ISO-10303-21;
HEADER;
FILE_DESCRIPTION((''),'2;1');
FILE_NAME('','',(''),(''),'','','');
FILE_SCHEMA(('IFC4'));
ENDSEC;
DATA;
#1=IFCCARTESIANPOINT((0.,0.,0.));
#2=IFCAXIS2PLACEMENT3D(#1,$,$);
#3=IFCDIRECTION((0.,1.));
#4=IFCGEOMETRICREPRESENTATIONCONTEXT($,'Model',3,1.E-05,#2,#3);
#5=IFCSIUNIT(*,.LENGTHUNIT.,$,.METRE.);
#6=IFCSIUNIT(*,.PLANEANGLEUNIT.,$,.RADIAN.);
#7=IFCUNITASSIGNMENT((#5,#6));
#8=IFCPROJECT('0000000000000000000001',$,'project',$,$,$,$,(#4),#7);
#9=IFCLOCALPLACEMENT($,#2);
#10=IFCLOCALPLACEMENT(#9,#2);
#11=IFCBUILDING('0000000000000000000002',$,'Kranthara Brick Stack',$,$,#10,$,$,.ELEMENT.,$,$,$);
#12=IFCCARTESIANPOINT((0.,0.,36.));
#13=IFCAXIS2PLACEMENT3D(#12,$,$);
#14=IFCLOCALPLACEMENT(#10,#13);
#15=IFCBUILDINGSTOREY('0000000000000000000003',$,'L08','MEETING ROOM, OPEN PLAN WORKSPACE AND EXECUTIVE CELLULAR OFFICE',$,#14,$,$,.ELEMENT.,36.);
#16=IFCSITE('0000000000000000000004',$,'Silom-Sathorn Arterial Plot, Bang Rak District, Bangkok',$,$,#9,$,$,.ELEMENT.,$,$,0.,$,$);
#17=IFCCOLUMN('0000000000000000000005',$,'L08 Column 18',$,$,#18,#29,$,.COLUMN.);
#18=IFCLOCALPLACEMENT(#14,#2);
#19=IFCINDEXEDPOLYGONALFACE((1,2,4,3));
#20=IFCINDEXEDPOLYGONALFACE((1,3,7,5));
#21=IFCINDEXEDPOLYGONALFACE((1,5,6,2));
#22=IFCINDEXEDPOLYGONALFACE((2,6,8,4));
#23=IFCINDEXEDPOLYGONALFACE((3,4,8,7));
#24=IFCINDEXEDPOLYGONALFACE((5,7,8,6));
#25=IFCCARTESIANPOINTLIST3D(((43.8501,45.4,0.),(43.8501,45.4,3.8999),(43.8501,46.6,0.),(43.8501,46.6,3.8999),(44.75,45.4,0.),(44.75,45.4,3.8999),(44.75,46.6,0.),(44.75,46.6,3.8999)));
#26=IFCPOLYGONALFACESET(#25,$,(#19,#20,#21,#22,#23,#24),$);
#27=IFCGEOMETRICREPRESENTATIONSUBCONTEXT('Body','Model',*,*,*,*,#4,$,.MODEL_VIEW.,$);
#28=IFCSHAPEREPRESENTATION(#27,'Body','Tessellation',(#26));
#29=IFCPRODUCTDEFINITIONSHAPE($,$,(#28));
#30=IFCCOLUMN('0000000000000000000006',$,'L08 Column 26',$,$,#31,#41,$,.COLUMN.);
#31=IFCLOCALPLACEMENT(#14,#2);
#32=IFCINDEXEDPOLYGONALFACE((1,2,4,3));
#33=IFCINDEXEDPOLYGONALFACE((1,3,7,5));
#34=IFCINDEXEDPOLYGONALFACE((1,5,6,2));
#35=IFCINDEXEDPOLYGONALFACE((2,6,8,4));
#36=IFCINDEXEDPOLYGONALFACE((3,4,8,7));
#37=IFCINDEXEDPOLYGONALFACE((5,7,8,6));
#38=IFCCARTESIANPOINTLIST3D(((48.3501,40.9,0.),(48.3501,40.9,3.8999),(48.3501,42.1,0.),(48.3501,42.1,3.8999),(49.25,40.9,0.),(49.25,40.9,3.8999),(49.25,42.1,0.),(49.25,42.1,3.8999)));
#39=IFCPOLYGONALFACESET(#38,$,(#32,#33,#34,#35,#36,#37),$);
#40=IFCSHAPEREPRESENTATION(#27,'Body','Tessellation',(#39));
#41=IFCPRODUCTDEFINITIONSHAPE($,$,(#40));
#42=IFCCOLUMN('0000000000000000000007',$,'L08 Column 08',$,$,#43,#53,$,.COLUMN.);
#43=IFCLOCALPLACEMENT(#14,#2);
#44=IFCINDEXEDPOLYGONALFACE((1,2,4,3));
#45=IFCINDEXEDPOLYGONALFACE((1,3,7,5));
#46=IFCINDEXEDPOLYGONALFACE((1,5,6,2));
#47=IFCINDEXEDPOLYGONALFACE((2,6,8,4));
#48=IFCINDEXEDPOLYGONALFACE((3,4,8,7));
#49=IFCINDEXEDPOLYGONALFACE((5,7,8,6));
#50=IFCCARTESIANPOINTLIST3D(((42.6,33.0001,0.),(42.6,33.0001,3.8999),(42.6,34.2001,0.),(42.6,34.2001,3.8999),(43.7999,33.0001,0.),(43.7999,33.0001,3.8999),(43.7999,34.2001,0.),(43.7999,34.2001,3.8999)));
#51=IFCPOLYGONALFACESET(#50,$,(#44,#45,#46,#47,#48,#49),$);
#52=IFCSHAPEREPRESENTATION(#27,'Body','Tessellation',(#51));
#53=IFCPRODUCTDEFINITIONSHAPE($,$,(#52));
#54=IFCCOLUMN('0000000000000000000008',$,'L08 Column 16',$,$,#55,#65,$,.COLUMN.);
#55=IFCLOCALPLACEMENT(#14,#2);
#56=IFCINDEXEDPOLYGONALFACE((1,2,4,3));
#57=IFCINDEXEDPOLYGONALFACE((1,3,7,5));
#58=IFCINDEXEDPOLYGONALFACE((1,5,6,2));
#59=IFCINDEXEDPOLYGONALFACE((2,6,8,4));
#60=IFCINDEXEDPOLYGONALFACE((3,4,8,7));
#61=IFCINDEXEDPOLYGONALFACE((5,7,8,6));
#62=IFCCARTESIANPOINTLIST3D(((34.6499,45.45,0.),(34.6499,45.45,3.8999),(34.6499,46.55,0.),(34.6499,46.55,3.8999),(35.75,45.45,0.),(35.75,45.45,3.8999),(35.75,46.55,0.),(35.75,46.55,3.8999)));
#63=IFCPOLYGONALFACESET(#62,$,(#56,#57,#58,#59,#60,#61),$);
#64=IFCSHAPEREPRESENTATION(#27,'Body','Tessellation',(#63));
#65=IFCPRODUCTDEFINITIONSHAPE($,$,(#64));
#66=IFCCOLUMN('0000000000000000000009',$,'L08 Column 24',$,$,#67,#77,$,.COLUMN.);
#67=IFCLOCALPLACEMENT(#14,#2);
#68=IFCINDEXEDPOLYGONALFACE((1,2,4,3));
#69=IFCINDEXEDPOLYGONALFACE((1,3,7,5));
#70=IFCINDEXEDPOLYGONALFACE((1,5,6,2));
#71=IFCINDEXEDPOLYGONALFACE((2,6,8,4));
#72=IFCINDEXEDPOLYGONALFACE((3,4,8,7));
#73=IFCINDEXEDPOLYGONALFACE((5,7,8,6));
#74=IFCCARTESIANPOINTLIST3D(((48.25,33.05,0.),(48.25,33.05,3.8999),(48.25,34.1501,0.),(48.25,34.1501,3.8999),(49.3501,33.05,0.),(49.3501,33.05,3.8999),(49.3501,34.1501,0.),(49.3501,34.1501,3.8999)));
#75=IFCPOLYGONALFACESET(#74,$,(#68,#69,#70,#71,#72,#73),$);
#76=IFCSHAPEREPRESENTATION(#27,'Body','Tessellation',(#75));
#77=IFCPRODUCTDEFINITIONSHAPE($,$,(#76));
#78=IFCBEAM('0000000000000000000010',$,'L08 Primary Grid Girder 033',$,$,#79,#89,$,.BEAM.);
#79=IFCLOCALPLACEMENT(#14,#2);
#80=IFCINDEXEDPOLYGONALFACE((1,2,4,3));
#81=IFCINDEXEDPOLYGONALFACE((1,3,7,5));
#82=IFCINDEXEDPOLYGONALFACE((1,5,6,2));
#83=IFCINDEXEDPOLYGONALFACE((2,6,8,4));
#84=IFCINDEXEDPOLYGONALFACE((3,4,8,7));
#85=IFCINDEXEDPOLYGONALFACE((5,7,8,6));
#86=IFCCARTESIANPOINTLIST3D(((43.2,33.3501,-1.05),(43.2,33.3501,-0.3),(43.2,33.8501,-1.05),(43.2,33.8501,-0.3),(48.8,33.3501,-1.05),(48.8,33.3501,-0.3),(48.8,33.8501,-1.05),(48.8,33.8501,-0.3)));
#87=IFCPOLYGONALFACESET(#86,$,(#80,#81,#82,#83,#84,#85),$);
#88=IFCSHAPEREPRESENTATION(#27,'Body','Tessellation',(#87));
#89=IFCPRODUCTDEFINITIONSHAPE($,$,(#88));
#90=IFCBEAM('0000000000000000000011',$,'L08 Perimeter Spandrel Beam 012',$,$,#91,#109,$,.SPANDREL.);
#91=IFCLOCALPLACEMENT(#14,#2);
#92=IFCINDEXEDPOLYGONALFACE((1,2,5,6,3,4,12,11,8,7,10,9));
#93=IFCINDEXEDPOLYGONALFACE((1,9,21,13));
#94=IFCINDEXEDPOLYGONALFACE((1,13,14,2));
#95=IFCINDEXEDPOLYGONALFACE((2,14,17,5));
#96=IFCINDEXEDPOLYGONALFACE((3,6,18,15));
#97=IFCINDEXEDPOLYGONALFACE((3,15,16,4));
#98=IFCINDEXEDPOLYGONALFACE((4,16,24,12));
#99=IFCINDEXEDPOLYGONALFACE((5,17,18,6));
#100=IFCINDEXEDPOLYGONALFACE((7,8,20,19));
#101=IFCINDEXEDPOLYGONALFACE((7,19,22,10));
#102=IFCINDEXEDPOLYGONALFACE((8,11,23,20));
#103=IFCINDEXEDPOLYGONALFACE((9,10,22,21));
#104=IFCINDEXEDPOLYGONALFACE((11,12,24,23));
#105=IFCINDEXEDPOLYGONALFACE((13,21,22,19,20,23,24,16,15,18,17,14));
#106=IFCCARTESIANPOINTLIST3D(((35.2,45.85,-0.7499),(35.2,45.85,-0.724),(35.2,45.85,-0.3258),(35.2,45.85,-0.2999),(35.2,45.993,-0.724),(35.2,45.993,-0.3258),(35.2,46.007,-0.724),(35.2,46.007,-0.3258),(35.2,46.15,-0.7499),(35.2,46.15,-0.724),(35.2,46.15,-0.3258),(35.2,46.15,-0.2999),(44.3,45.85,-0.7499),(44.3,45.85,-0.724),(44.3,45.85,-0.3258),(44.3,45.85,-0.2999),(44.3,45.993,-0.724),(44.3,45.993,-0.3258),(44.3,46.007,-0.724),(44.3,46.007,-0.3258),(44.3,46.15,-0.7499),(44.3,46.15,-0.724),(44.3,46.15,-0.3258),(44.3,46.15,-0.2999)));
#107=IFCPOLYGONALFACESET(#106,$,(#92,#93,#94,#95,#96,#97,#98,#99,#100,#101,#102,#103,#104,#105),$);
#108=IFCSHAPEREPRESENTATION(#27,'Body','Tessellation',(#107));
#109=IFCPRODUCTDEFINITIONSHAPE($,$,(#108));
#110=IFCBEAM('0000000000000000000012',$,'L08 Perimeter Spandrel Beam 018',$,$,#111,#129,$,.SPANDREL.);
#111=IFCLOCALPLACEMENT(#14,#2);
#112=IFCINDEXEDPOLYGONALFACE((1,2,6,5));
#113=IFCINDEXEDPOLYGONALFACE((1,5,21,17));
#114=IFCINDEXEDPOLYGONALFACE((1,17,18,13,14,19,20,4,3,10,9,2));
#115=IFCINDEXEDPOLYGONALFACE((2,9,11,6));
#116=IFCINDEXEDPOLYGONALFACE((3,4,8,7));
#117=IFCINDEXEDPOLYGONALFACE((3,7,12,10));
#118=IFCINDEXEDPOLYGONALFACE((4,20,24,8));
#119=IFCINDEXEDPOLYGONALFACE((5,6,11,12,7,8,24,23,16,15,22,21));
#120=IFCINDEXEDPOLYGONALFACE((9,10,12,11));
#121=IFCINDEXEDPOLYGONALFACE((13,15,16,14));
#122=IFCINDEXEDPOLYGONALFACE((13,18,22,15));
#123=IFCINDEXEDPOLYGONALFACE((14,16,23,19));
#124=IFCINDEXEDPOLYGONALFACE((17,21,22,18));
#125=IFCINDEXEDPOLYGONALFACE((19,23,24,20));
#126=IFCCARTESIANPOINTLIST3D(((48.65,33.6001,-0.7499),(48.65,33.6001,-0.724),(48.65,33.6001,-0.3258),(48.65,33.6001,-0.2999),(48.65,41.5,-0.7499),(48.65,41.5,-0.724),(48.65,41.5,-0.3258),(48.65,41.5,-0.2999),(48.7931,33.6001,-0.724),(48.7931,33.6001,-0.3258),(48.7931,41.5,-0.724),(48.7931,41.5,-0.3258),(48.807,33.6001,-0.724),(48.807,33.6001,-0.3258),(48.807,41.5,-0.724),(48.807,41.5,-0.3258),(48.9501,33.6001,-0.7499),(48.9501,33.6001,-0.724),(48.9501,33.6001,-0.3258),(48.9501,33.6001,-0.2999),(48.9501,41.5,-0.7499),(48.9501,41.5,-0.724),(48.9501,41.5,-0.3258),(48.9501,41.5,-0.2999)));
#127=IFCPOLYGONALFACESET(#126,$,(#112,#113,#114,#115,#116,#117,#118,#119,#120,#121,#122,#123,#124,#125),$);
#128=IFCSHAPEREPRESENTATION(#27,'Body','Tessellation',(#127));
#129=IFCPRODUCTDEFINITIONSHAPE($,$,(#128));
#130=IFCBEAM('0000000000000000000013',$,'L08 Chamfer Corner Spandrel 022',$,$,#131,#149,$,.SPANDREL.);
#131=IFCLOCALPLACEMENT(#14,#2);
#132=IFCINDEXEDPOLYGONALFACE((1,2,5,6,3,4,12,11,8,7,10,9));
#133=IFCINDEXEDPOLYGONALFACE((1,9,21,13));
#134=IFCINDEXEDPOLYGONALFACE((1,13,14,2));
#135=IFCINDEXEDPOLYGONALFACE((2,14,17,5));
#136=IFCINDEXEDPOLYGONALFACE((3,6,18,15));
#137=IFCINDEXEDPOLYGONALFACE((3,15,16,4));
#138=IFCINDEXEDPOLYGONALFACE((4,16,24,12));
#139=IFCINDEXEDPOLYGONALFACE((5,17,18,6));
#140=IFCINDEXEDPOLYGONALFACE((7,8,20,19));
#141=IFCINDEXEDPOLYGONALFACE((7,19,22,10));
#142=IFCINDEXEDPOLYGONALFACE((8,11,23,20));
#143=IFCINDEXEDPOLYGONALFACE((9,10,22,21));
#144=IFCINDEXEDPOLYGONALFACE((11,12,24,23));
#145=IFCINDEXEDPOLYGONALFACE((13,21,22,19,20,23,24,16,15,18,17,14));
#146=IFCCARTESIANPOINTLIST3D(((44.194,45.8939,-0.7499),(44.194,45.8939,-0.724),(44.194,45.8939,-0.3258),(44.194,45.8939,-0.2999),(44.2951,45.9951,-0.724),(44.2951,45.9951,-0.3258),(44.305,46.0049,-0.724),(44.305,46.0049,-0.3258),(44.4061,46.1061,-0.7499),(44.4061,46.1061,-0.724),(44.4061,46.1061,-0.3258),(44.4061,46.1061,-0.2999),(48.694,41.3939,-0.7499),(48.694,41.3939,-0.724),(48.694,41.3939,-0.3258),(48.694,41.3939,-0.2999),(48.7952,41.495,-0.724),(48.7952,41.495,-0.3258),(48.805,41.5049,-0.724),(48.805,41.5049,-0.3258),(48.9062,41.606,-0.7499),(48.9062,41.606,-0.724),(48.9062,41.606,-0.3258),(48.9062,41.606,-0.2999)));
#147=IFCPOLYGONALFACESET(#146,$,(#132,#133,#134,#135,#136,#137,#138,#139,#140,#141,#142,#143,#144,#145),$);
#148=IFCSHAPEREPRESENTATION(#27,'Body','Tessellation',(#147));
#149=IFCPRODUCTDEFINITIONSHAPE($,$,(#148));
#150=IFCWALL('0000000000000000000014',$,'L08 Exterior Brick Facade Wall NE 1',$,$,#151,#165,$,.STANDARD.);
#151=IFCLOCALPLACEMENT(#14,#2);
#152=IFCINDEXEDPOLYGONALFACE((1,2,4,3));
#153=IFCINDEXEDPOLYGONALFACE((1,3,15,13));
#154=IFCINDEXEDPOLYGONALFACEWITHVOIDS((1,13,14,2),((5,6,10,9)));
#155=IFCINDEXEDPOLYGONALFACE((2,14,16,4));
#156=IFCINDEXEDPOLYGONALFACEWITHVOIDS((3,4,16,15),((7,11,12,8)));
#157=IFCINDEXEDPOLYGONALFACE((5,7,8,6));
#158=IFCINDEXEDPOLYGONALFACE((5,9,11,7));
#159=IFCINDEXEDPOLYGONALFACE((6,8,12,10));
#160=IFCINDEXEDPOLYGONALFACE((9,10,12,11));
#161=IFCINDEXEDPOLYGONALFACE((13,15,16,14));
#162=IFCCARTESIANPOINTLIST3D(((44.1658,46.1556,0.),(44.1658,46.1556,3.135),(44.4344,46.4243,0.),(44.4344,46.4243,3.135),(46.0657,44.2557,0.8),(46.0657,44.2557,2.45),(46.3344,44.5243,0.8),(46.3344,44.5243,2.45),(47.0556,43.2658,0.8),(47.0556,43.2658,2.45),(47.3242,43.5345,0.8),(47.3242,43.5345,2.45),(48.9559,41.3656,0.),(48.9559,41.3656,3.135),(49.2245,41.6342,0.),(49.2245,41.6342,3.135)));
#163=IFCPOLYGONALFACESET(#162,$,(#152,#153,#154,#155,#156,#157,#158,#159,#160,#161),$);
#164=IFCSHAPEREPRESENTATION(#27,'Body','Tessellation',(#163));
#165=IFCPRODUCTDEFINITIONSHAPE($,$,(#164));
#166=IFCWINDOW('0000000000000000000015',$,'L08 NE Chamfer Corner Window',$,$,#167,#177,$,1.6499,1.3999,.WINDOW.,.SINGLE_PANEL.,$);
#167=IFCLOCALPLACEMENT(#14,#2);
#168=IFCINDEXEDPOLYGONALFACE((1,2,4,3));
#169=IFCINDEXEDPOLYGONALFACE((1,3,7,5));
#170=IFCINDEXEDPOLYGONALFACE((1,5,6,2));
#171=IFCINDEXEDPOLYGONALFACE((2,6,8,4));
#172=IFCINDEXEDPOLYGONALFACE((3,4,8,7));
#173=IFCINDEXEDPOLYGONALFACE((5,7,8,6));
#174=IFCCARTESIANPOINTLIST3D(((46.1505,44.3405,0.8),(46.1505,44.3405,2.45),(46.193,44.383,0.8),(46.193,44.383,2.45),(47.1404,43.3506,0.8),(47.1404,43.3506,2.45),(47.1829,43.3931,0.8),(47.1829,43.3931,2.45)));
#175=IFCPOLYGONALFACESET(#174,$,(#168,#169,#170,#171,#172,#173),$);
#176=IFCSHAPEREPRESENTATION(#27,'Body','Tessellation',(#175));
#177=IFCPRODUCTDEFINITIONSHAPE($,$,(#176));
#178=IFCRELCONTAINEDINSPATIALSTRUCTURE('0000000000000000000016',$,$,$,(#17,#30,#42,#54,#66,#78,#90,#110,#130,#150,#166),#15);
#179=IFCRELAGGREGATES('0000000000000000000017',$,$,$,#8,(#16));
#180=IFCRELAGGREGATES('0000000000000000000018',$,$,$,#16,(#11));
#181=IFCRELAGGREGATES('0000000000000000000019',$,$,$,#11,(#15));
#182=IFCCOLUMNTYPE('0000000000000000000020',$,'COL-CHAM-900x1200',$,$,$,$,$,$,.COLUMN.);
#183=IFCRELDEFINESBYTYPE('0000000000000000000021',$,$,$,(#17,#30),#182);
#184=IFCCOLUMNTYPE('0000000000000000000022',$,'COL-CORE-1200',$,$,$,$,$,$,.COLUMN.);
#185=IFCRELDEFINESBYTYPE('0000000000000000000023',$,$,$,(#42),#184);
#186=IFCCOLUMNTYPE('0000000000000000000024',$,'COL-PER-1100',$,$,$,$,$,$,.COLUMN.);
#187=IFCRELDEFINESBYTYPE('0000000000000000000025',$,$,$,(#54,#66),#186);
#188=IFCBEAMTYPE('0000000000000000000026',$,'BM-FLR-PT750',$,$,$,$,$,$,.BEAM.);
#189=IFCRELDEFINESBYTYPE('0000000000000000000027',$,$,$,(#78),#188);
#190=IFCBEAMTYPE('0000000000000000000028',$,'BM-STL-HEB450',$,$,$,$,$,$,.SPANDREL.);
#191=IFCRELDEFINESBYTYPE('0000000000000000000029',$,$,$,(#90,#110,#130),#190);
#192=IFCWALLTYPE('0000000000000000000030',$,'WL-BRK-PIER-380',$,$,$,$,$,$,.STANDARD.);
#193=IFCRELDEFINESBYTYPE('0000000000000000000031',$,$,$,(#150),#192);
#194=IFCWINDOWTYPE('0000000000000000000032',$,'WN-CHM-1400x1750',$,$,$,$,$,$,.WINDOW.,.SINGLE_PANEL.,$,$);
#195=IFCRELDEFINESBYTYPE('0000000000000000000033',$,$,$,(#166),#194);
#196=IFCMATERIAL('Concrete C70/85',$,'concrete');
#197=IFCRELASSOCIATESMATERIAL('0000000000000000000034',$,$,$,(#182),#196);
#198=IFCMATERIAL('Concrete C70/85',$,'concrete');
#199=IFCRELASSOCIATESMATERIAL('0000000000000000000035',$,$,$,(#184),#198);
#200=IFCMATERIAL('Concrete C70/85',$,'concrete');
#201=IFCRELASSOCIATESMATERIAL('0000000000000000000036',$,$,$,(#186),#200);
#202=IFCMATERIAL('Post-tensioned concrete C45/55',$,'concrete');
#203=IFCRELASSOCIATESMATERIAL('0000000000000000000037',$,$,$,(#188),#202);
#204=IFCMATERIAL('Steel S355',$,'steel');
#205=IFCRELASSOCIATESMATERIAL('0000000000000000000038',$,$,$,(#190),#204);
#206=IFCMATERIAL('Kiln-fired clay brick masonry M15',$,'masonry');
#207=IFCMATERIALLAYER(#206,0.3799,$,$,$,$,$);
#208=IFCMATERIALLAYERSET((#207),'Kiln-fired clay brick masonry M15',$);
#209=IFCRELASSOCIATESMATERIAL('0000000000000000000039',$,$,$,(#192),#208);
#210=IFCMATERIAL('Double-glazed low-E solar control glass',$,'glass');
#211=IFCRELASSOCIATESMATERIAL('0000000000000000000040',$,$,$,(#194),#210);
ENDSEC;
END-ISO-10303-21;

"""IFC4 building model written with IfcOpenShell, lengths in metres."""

from ifc_helpers import new_model, si_unit, direction, frame, frame_2d, origin, origin_2d, place, context, subcontext, project, spatial, rectangle, i_section, extrude, material, layer, layer_set, material_profile, profile_set, type_object, element, fill, save


model = new_model("IFC4")

# Units and contexts
model_context = context("Model", 3, precision=1e-05, world=origin(), true_north=direction((0.0, 1.0)))
body_context = subcontext(model_context, "Body", "Model", "MODEL_VIEW")
ifc_project = project(units=[si_unit("LENGTHUNIT", "METRE"), si_unit("PLANEANGLEUNIT", "RADIAN")], contexts=[model_context])

# Site, building, storey
site_placement = place(None, origin())
site = spatial("IfcSite", under=ifc_project, at=site_placement, Name="Silom-Sathorn Arterial Plot, Bang Rak District, Bangkok", CompositionType="ELEMENT", RefElevation=0.0)
building_placement = place(site_placement, origin())
building = spatial("IfcBuilding", under=site, at=building_placement, Name="Kranthara Brick Stack", CompositionType="ELEMENT")
storey_placement = place(building_placement, frame((0.0, 0.0, 36.0)))
storey = spatial("IfcBuildingStorey", under=building, at=storey_placement, Name="L08", Description="MEETING ROOM, OPEN PLAN WORKSPACE AND EXECUTIVE CELLULAR OFFICE", CompositionType="ELEMENT", Elevation=36.0)

# Columns
ifc_material_1 = material(Name="Concrete C70/85", Category="concrete")
ifc_material_profile_1 = material_profile(ifc_material_1, rectangle(XDim=0.8999, YDim=1.2, at=origin_2d()), Name="RC 900x1200")
ifc_profile_set_1 = profile_set([ifc_material_profile_1], Name="Concrete C70/85")
column_type_1 = type_object("IfcColumnType", Name="COL-CHAM-900x1200", PredefinedType="COLUMN", material=ifc_profile_set_1)
for number, where, z_axis, x_axis, name in (
    (1, (44.3, 46.0, 0.0), (0.0, 0.0, 1.0), (1.0, 0.0, 0.0), "L08 Column 18"),
    (2, (48.8, 41.5, 0.0), (0.0, 0.0, 1.0), (1.0, 0.0, 0.0), "L08 Column 26"),
):
    element("IfcColumn", number, at=place(storey_placement, frame(where, z_axis=z_axis, x_axis=x_axis)), inside=storey, type_object=column_type_1, Name=name, PredefinedType="COLUMN", context=body_context, shape_type="SweptSolid", body=[
        extrude(rectangle(XDim=0.8999, YDim=1.2, at=origin_2d()), origin(), (0.0, 0.0, 1.0), 3.8999),
    ])
ifc_material_2 = material(Name="Concrete C70/85", Category="concrete")
ifc_material_profile_2 = material_profile(ifc_material_2, rectangle(XDim=1.2, YDim=1.2, at=origin_2d()), Name="RC 1200x1200")
ifc_profile_set_2 = profile_set([ifc_material_profile_2], Name="Concrete C70/85")
column_type_2 = type_object("IfcColumnType", Name="COL-CORE-1200", PredefinedType="COLUMN", material=ifc_profile_set_2)
column_placement = place(storey_placement, frame((43.2, 33.6001, 0.0), z_axis=(0.0, 0.0, 1.0), x_axis=(1.0, 0.0, 0.0)))
element("IfcColumn", 3, at=column_placement, inside=storey, type_object=column_type_2, Name="L08 Column 08", PredefinedType="COLUMN", context=body_context, shape_type="SweptSolid", body=[
    extrude(rectangle(XDim=1.2, YDim=1.2, at=origin_2d()), origin(), (0.0, 0.0, 1.0), 3.8999),
])
ifc_material_3 = material(Name="Concrete C70/85", Category="concrete")
ifc_material_profile_3 = material_profile(ifc_material_3, rectangle(XDim=1.1001, YDim=1.1001, at=origin_2d()), Name="RC 1100x1100")
ifc_profile_set_3 = profile_set([ifc_material_profile_3], Name="Concrete C70/85")
column_type_3 = type_object("IfcColumnType", Name="COL-PER-1100", PredefinedType="COLUMN", material=ifc_profile_set_3)
for number, where, z_axis, x_axis, name in (
    (4, (35.2, 46.0, 0.0), (0.0, 0.0, 1.0), (1.0, 0.0, 0.0), "L08 Column 16"),
    (5, (48.8, 33.6001, 0.0), (0.0, 0.0, 1.0), (1.0, 0.0, 0.0), "L08 Column 24"),
):
    element("IfcColumn", number, at=place(storey_placement, frame(where, z_axis=z_axis, x_axis=x_axis)), inside=storey, type_object=column_type_3, Name=name, PredefinedType="COLUMN", context=body_context, shape_type="SweptSolid", body=[
        extrude(rectangle(XDim=1.1001, YDim=1.1001, at=origin_2d()), origin(), (0.0, 0.0, 1.0), 3.8999),
    ])

# Beams
ifc_material_4 = material(Name="Post-tensioned concrete C45/55", Category="concrete")
ifc_material_profile_4 = material_profile(ifc_material_4, rectangle(XDim=0.5, YDim=0.75, at=origin_2d()), Name="PT 500x750")
ifc_profile_set_4 = profile_set([ifc_material_profile_4], Name="Post-tensioned concrete C45/55")
beam_type_1 = type_object("IfcBeamType", Name="BM-FLR-PT750", PredefinedType="BEAM", material=ifc_profile_set_4)
beam_1_placement = place(storey_placement, frame((43.2, 33.6001, -0.675), z_axis=(1.0, 0.0, 0.0), x_axis=(0.0, 1.0, 0.0)))
element("IfcBeam", 6, at=beam_1_placement, inside=storey, type_object=beam_type_1, Name="L08 Primary Grid Girder 033", PredefinedType="BEAM", context=body_context, shape_type="SweptSolid", body=[
    extrude(rectangle(XDim=0.5, YDim=0.75, at=origin_2d()), origin(), (0.0, 0.0, 1.0), 5.6001),
])
ifc_material_5 = material(Name="Steel S355", Category="steel")
ifc_material_profile_5 = material_profile(ifc_material_5, i_section(OverallWidth=0.3, OverallDepth=0.45, WebThickness=0.0139, FlangeThickness=0.0259, at=origin_2d()), Name="HEB 450")
ifc_profile_set_5 = profile_set([ifc_material_profile_5], Name="Steel S355")
beam_type_2 = type_object("IfcBeamType", Name="BM-STL-HEB450", PredefinedType="SPANDREL", material=ifc_profile_set_5)
beam_2_placement = place(storey_placement, frame((35.2, 46.0, -0.5249), z_axis=(1.0, 0.0, 0.0), x_axis=(0.0, 1.0, 0.0)))
element("IfcBeam", 7, at=beam_2_placement, inside=storey, type_object=beam_type_2, Name="L08 Perimeter Spandrel Beam 012", PredefinedType="SPANDREL", context=body_context, shape_type="SweptSolid", body=[
    extrude(i_section(OverallWidth=0.3, OverallDepth=0.45, WebThickness=0.0139, FlangeThickness=0.0259, at=origin_2d()), origin(), (0.0, 0.0, 1.0), 9.1001),
])
beam_3_placement = place(storey_placement, frame((48.8, 33.6001, -0.5249), z_axis=(0.0, 1.0, 0.0), x_axis=(-1.0, 0.0, 0.0)))
element("IfcBeam", 8, at=beam_3_placement, inside=storey, type_object=beam_type_2, Name="L08 Perimeter Spandrel Beam 018", PredefinedType="SPANDREL", context=body_context, shape_type="SweptSolid", body=[
    extrude(i_section(OverallWidth=0.3, OverallDepth=0.45, WebThickness=0.0139, FlangeThickness=0.0259, at=origin_2d()), origin(), (0.0, 0.0, 1.0), 7.8999),
])
beam_4_placement = place(storey_placement, frame((44.3, 46.0, -0.5249), z_axis=(0.707107, -0.707107, 0.0), x_axis=(0.707107, 0.707107, 0.0)))
element("IfcBeam", 9, at=beam_4_placement, inside=storey, type_object=beam_type_2, Name="L08 Chamfer Corner Spandrel 022", PredefinedType="SPANDREL", context=body_context, shape_type="SweptSolid", body=[
    extrude(i_section(OverallWidth=0.3, OverallDepth=0.45, WebThickness=0.0139, FlangeThickness=0.0259, at=origin_2d()), origin(), (0.0, 0.0, 1.0), 6.364),
])

# Wall, opening, window
ifc_material_6 = material(Name="Kiln-fired clay brick masonry M15", Category="masonry")
ifc_layer_1 = layer(ifc_material_6, 0.3799)
ifc_layer_set_1 = layer_set([ifc_layer_1], Name="Kiln-fired clay brick masonry M15")
wall_type_1 = type_object("IfcWallType", Name="WL-BRK-PIER-380", PredefinedType="STANDARD", material=ifc_layer_set_1)
wall_1_placement = place(storey_placement, frame((44.3, 46.29, 0.0), z_axis=(0.0, 0.0, 1.0), x_axis=(0.707107, -0.707107, 0.0)))
wall_1 = element("IfcWall", 10, at=wall_1_placement, inside=storey, type_object=wall_type_1, Name="L08 Exterior Brick Facade Wall NE 1", PredefinedType="STANDARD", context=body_context, shape_type="SweptSolid", body=[
    extrude(rectangle(XDim=6.7742, YDim=0.3799, at=frame_2d((3.3872, 0.0))), origin(), (0.0, 0.0, 1.0), 3.135),
])
opening_1_placement = place(wall_1_placement, frame((2.687, 0.0, 0.8)))
opening_1 = element("IfcOpeningElement", 11, at=opening_1_placement, cuts=wall_1, PredefinedType="OPENING", context=body_context, shape_type="SweptSolid", body=[
    extrude(rectangle(XDim=1.3999, YDim=1.6499, at=frame_2d((0.7, 0.825))), frame((0.0, 0.2, 0.0), z_axis=(0.0, -1.0, 0.0), x_axis=(1.0, 0.0, 0.0)), (0.0, 0.0, 1.0), 0.3999),
])
ifc_material_7 = material(Name="Double-glazed low-E solar control glass", Category="glass")
window_type_1 = type_object("IfcWindowType", Name="WN-CHM-1400x1750", PartitioningType="SINGLE_PANEL", PredefinedType="WINDOW", material=ifc_material_7)
window_1_placement = place(opening_1_placement, origin())
window_1 = element("IfcWindow", 12, at=window_1_placement, inside=storey, type_object=window_type_1, Name="L08 NE Chamfer Corner Window", OverallHeight=1.6499, OverallWidth=1.3999, PartitioningType="SINGLE_PANEL", PredefinedType="WINDOW", context=body_context, shape_type="SweptSolid", body=[
    extrude(rectangle(XDim=1.3999, YDim=1.6499, at=frame_2d((0.7, 0.825))), frame((0.0, -0.01, 0.0), z_axis=(0.0, -1.0, 0.0), x_axis=(1.0, 0.0, 0.0)), (0.0, 0.0, 1.0), 0.0601),
])
fill(opening_1, window_1)

save(model, "model.ifc")
